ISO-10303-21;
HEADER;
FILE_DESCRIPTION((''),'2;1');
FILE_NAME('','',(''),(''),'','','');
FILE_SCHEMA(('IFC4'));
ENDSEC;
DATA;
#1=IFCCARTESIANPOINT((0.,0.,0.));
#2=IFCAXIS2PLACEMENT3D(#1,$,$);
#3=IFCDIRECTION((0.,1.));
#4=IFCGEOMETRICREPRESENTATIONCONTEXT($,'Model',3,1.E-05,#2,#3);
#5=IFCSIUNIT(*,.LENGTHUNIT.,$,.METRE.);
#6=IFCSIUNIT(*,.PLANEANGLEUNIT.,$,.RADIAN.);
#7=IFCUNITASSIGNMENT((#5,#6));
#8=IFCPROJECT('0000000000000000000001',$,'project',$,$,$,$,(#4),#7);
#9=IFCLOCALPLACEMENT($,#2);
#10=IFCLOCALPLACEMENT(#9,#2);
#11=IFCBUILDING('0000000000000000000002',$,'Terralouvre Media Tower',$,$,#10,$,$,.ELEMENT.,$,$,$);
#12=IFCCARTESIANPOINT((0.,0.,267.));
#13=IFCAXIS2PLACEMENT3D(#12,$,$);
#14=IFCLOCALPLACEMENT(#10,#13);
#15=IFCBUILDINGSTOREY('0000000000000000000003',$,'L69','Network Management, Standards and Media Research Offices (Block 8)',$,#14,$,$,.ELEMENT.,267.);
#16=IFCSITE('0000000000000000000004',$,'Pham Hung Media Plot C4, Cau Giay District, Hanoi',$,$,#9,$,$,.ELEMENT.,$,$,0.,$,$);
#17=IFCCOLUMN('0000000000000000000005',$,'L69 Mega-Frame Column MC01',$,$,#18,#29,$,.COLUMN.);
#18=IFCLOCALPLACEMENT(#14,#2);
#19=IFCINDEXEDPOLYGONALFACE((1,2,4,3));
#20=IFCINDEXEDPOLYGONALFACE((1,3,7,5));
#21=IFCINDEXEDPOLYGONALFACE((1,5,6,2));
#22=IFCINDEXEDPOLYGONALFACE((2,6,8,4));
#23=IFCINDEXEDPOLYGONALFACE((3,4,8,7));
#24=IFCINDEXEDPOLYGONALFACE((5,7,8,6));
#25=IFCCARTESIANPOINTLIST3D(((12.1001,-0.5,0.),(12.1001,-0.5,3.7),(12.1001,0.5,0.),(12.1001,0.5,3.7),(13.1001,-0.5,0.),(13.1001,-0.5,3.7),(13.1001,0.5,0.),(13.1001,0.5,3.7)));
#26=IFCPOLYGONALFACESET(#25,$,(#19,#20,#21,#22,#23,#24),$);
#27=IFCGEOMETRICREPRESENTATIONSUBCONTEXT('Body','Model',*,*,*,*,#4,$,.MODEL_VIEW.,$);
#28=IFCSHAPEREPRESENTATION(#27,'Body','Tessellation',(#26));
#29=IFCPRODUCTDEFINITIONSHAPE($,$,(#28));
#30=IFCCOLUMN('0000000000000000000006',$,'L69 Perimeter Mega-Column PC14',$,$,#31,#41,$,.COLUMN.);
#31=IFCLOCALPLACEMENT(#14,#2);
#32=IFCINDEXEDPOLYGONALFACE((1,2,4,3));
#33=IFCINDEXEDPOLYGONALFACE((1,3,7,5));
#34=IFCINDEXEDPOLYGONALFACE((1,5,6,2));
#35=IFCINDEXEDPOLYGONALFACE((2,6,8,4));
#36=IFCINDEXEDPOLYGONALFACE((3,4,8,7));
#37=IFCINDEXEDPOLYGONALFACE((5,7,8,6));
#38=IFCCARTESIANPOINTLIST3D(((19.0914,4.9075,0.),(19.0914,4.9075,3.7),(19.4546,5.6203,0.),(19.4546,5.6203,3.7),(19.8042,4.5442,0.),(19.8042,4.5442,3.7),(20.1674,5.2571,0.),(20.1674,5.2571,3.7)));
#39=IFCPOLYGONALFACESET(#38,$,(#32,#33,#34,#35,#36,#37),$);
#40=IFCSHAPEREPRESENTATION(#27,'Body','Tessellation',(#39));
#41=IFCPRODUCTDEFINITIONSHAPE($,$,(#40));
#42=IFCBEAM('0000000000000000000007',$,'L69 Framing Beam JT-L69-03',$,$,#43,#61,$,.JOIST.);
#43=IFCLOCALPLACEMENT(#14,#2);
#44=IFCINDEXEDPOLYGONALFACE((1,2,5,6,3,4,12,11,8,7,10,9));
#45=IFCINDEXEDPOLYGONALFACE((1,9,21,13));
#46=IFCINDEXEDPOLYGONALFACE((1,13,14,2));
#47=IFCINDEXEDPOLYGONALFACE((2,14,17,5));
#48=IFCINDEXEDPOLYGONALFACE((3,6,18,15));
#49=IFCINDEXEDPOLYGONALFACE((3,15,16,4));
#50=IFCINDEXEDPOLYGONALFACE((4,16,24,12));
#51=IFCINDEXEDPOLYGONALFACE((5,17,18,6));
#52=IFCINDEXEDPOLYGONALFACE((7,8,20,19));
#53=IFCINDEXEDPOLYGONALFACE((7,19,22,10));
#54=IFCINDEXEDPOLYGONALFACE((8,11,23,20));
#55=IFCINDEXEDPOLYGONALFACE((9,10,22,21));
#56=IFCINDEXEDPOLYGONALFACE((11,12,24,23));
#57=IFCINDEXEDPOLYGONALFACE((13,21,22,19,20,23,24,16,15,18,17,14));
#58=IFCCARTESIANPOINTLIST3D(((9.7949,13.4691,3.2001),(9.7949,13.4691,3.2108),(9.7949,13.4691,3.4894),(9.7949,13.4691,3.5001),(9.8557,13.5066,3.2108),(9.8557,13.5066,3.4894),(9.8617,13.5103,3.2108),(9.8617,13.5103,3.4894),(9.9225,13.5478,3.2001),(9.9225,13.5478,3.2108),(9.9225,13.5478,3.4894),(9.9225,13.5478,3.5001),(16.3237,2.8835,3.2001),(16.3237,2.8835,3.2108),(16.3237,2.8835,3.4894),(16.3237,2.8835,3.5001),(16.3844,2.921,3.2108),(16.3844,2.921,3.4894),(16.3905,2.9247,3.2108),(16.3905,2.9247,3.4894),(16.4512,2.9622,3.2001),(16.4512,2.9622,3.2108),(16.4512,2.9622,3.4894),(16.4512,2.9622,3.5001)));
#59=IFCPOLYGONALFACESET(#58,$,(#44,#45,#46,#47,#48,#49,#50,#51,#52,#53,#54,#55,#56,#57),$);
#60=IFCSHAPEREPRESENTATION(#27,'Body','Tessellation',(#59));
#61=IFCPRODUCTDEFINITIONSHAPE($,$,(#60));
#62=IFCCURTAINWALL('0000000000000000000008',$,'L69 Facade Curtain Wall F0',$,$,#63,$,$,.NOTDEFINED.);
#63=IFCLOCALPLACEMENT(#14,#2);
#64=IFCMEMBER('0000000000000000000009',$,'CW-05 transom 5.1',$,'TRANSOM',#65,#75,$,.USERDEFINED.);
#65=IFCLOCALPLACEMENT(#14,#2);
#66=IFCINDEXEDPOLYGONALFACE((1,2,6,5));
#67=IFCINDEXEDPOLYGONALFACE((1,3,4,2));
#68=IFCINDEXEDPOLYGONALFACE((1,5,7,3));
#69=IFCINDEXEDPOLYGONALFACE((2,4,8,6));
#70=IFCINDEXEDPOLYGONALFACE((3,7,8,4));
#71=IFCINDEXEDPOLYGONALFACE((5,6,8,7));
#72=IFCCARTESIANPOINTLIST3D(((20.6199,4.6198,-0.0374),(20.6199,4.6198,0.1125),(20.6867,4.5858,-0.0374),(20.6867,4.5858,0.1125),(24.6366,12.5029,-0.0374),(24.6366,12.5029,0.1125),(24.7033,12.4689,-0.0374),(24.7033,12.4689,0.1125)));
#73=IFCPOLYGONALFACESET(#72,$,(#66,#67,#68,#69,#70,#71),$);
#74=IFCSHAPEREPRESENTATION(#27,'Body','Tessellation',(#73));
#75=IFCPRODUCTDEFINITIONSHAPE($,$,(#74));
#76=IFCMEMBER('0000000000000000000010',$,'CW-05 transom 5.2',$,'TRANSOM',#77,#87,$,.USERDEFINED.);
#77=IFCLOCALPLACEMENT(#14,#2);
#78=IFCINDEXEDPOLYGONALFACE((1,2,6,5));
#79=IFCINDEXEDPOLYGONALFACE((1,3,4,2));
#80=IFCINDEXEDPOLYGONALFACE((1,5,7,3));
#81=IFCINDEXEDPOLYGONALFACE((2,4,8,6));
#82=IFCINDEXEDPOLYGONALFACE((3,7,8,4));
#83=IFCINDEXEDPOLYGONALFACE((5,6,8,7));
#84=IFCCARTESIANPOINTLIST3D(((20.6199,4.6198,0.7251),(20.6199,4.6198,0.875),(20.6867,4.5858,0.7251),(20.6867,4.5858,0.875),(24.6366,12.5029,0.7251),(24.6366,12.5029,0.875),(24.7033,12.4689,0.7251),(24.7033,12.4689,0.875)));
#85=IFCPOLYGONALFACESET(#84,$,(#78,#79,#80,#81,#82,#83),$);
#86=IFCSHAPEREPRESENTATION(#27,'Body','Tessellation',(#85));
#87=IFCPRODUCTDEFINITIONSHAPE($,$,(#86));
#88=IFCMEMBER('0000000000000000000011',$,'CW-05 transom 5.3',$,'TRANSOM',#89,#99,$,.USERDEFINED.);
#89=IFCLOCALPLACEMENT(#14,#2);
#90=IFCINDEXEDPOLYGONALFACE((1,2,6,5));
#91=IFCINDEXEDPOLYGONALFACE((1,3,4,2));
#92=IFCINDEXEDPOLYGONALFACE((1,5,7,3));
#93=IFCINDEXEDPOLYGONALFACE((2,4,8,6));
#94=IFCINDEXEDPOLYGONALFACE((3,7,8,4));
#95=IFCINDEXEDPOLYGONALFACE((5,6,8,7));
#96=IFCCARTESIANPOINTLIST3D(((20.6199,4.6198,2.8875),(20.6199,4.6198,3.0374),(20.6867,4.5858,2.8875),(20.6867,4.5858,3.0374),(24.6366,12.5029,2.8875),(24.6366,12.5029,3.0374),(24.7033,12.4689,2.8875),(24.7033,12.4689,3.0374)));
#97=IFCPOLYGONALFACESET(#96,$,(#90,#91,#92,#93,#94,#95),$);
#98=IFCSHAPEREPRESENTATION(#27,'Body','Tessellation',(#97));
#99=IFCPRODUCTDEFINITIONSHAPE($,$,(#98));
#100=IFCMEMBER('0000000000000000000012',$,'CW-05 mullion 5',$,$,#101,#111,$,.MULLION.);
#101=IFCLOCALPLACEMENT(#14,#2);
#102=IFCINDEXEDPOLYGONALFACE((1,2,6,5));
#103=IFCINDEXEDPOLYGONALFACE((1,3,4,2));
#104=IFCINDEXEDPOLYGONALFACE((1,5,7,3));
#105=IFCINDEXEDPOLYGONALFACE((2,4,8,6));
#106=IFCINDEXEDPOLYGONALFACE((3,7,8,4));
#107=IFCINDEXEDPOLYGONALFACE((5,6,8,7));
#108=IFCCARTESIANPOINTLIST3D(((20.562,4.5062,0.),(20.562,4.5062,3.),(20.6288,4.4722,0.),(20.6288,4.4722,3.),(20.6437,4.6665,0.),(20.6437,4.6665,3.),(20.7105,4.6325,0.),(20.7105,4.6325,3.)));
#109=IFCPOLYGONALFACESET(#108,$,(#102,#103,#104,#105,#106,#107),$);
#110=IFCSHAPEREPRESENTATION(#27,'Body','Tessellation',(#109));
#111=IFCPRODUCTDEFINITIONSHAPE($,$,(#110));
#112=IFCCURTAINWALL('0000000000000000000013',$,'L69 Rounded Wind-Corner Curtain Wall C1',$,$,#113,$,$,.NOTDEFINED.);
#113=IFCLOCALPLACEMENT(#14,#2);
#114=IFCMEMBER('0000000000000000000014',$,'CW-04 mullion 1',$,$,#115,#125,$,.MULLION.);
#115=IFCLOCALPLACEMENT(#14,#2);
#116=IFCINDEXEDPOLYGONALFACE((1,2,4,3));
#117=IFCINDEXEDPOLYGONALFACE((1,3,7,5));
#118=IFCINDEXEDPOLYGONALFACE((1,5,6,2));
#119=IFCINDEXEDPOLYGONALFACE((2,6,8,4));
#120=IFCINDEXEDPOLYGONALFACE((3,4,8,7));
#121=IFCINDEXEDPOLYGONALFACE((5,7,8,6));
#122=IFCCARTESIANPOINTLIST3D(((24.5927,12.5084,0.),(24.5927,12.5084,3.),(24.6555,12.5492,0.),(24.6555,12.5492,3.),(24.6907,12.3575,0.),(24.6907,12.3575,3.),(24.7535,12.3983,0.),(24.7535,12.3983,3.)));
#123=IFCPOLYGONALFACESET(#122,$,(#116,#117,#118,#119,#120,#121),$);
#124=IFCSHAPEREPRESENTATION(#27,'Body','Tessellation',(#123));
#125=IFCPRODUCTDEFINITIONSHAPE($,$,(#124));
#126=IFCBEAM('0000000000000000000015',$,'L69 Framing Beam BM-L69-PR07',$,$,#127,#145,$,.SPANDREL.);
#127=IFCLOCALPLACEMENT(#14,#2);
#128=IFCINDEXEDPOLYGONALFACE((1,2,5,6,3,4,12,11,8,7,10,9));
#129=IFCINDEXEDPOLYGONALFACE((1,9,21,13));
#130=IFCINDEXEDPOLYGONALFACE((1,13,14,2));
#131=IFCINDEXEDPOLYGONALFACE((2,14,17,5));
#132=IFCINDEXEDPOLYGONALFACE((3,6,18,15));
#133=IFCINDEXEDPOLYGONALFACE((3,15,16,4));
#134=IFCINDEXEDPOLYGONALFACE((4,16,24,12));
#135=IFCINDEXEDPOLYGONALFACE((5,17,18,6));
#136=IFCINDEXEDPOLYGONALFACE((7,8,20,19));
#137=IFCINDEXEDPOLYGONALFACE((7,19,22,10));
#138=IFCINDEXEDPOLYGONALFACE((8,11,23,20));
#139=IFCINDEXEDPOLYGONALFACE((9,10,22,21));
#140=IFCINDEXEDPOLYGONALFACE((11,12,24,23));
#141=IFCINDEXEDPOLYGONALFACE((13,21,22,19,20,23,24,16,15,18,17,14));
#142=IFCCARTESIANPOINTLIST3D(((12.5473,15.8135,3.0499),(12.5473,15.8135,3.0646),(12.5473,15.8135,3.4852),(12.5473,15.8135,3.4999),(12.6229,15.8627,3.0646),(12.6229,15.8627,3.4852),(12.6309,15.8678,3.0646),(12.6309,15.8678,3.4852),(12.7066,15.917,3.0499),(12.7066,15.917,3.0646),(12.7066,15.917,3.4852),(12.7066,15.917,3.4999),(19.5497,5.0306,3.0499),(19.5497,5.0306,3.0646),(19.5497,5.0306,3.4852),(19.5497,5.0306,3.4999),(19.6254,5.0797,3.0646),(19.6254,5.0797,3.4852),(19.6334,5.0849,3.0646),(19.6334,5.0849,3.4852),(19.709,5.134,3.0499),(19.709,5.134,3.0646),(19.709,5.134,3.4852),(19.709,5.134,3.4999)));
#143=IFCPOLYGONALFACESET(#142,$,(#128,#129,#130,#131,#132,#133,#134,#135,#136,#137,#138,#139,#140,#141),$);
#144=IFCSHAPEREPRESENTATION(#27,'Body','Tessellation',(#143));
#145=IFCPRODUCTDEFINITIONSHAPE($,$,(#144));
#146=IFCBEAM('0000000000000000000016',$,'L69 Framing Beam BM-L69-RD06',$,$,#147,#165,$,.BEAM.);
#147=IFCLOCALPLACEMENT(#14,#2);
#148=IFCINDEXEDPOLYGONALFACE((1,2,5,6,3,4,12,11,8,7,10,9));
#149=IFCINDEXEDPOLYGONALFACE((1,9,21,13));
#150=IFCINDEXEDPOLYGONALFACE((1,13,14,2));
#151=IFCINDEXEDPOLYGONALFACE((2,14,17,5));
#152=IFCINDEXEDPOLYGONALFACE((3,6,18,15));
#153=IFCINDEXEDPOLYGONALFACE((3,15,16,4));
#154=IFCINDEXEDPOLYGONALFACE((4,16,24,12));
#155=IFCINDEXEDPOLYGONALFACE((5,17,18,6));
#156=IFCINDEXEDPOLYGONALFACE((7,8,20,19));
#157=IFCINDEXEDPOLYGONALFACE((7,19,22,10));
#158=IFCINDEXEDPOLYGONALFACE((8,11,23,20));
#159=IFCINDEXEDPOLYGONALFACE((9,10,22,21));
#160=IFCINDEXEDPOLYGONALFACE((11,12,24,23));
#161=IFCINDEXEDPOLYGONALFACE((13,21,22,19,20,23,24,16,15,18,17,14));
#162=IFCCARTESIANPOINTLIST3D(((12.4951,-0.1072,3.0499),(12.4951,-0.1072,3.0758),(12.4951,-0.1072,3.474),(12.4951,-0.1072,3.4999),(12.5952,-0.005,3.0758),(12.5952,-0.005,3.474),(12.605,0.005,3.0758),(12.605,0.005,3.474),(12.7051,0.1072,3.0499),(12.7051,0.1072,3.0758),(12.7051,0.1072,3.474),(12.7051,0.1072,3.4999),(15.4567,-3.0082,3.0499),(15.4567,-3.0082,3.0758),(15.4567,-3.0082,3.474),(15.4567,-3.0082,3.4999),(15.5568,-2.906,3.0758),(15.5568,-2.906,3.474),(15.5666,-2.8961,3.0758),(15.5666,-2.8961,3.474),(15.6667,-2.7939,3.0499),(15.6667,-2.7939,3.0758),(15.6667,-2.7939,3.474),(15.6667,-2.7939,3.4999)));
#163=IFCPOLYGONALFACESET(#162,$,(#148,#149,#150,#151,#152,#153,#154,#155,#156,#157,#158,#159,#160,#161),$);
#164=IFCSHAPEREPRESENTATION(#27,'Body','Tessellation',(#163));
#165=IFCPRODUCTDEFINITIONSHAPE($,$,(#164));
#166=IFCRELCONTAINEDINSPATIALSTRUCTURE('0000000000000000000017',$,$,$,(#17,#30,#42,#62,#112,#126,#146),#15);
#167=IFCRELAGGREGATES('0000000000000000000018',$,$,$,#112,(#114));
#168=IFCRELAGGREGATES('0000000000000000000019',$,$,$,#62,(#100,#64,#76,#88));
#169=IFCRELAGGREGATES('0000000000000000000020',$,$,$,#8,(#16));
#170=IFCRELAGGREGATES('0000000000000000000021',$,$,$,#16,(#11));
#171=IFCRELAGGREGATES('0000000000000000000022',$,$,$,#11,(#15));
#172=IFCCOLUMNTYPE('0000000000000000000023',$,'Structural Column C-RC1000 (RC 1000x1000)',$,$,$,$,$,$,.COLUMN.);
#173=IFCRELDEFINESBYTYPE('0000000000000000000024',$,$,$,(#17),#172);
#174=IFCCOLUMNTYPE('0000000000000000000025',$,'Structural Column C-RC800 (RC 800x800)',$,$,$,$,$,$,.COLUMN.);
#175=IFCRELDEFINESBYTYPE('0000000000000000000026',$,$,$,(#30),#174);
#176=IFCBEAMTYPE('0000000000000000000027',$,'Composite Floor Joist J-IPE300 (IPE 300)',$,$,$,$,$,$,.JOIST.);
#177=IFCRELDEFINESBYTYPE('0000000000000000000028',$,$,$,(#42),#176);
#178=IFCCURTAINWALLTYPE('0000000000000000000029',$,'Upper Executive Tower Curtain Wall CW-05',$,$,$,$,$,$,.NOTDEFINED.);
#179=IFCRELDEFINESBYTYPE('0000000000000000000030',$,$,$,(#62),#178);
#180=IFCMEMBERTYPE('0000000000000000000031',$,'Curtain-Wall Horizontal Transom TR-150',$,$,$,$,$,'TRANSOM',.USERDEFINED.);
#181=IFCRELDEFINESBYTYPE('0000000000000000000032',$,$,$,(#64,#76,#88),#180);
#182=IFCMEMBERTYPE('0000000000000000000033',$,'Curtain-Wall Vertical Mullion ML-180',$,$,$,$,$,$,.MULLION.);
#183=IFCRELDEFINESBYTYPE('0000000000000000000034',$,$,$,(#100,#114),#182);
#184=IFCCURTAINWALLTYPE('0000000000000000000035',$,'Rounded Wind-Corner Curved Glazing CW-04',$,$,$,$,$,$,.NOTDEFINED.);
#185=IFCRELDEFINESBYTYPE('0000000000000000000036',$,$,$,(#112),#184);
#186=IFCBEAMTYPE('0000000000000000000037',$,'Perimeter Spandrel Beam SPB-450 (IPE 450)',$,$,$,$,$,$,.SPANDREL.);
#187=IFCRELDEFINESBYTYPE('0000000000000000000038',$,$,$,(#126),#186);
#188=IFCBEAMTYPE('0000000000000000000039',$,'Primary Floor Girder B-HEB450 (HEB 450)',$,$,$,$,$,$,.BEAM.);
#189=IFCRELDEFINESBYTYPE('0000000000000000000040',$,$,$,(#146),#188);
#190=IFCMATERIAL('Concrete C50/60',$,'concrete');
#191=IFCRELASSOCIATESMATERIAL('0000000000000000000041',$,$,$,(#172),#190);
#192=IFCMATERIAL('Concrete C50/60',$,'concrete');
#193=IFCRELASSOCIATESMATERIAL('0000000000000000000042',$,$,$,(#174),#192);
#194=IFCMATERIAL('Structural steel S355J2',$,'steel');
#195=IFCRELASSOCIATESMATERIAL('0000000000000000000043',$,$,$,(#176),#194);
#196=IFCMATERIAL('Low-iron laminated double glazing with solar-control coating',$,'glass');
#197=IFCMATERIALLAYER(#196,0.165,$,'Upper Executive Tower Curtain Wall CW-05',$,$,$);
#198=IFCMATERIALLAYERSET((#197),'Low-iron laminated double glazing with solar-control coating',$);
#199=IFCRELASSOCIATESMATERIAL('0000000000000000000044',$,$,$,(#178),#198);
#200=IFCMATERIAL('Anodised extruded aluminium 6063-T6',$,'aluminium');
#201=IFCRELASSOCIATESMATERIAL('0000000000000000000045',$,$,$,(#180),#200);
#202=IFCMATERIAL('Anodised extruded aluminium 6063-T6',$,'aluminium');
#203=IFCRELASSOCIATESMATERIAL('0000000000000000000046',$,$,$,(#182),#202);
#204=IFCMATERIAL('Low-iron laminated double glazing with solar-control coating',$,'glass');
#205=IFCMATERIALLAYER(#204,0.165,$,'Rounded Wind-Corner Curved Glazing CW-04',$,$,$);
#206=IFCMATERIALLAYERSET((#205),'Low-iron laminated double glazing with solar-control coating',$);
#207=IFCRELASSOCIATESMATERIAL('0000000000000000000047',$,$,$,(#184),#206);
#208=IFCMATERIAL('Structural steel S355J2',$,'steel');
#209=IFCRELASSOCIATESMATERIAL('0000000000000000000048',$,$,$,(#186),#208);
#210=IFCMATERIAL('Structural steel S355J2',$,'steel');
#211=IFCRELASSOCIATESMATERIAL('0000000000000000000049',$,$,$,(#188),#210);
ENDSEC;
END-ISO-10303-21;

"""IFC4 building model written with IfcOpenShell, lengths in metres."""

from ifc_helpers import new_model, si_unit, direction, frame, origin, origin_2d, place, context, subcontext, project, spatial, rectangle, i_section, extrude, material, layer, layer_set, material_profile, profile_set, type_object, element, aggregate, save


model = new_model("IFC4")

# Units and contexts
model_context = context("Model", 3, precision=1e-05, world=origin(), true_north=direction((0.0, 1.0)))
body_context = subcontext(model_context, "Body", "Model", "MODEL_VIEW")
ifc_project = project(units=[si_unit("LENGTHUNIT", "METRE"), si_unit("PLANEANGLEUNIT", "RADIAN")], contexts=[model_context])

# Site, building, storey
site_placement = place(None, origin())
site = spatial("IfcSite", under=ifc_project, at=site_placement, Name="Pham Hung Media Plot C4, Cau Giay District, Hanoi", CompositionType="ELEMENT", RefElevation=0.0)
building_placement = place(site_placement, origin())
building = spatial("IfcBuilding", under=site, at=building_placement, Name="Terralouvre Media Tower", CompositionType="ELEMENT")
storey_placement = place(building_placement, frame((0.0, 0.0, 267.0)))
storey = spatial("IfcBuildingStorey", under=building, at=storey_placement, Name="L69", Description="Network Management, Standards and Media Research Offices (Block 8)", CompositionType="ELEMENT", Elevation=267.0)

# Columns
ifc_material_1 = material(Name="Concrete C50/60", Category="concrete")
ifc_material_profile_1 = material_profile(ifc_material_1, rectangle(XDim=1.0, YDim=1.0, at=origin_2d()), Name="RC 1000x1000")
ifc_profile_set_1 = profile_set([ifc_material_profile_1], Name="Concrete C50/60")
column_type_1 = type_object("IfcColumnType", Name="Structural Column C-RC1000 (RC 1000x1000)", PredefinedType="COLUMN", material=ifc_profile_set_1)
column_1_placement = place(storey_placement, frame((12.6001, 0.0, 0.0), z_axis=(0.0, 0.0, 1.0), x_axis=(1.0, 0.0, 0.0)))
element("IfcColumn", 1, at=column_1_placement, inside=storey, type_object=column_type_1, Name="L69 Mega-Frame Column MC01", PredefinedType="COLUMN", context=body_context, shape_type="SweptSolid", body=[
    extrude(rectangle(XDim=1.0, YDim=1.0, at=origin_2d()), origin(), (0.0, 0.0, 1.0), 3.7),
])
ifc_material_2 = material(Name="Concrete C50/60", Category="concrete")
ifc_material_profile_2 = material_profile(ifc_material_2, rectangle(XDim=0.8, YDim=0.8, at=origin_2d()), Name="RC 800x800")
ifc_profile_set_2 = profile_set([ifc_material_profile_2], Name="Concrete C50/60")
column_type_2 = type_object("IfcColumnType", Name="Structural Column C-RC800 (RC 800x800)", PredefinedType="COLUMN", material=ifc_profile_set_2)
column_2_placement = place(storey_placement, frame((19.6294, 5.0823, 0.0), z_axis=(0.0, 0.0, 1.0), x_axis=(0.45399, 0.891007, 0.0)))
element("IfcColumn", 2, at=column_2_placement, inside=storey, type_object=column_type_2, Name="L69 Perimeter Mega-Column PC14", PredefinedType="COLUMN", context=body_context, shape_type="SweptSolid", body=[
    extrude(rectangle(XDim=0.8, YDim=0.8, at=origin_2d()), origin(), (0.0, 0.0, 1.0), 3.7),
])

# Beam
ifc_material_3 = material(Name="Structural steel S355J2", Category="steel")
ifc_material_profile_3 = material_profile(ifc_material_3, i_section(OverallWidth=0.1499, OverallDepth=0.3, WebThickness=0.0071, FlangeThickness=0.0107, at=origin_2d()), Name="IPE 300")
ifc_profile_set_3 = profile_set([ifc_material_profile_3], Name="Structural steel S355J2")
beam_type_1 = type_object("IfcBeamType", Name="Composite Floor Joist J-IPE300 (IPE 300)", PredefinedType="JOIST", material=ifc_profile_set_3)
beam_1_placement = place(storey_placement, frame((16.3875, 2.9229, 3.3501), z_axis=(-0.524945, 0.851136, 0.0), x_axis=(-0.851136, -0.524945, 0.0)))
element("IfcBeam", 3, at=beam_1_placement, inside=storey, type_object=beam_type_1, Name="L69 Framing Beam JT-L69-03", PredefinedType="JOIST", context=body_context, shape_type="SweptSolid", body=[
    extrude(i_section(OverallWidth=0.1499, OverallDepth=0.3, WebThickness=0.0071, FlangeThickness=0.0107, at=origin_2d()), origin(), (0.0, 0.0, 1.0), 12.437),
])

# Curtain wall, members
ifc_material_4 = material(Name="Low-iron laminated double glazing with solar-control coating", Category="glass")
ifc_layer_1 = layer(ifc_material_4, 0.165, Name="Upper Executive Tower Curtain Wall CW-05")
ifc_layer_set_1 = layer_set([ifc_layer_1], Name="Low-iron laminated double glazing with solar-control coating")
curtain_wall_type_1 = type_object("IfcCurtainWallType", Name="Upper Executive Tower Curtain Wall CW-05", PredefinedType="NOTDEFINED", material=ifc_layer_set_1)
curtain_wall_1_placement = place(storey_placement, origin())
curtain_wall_1 = element("IfcCurtainWall", 4, at=curtain_wall_1_placement, inside=storey, type_object=curtain_wall_type_1, Name="L69 Facade Curtain Wall F0", PredefinedType="NOTDEFINED")
ifc_material_5 = material(Name="Anodised extruded aluminium 6063-T6", Category="aluminium")
ifc_material_profile_4 = material_profile(ifc_material_5, rectangle(XDim=0.075, YDim=0.1499, at=origin_2d()), Name="ALU 75x150")
ifc_profile_set_4 = profile_set([ifc_material_profile_4], Name="Anodised extruded aluminium 6063-T6")
member_type_1 = type_object("IfcMemberType", Name="Curtain-Wall Horizontal Transom TR-150", ElementType="TRANSOM", PredefinedType="USERDEFINED", material=ifc_profile_set_4)
member_1_placement = place(storey_placement, frame((20.6533, 4.6028, 0.0376), z_axis=(0.453989, 0.891007, 0.0), x_axis=(-0.891007, 0.453989, 0.0)))
member_1 = element("IfcMember", 5, at=member_1_placement, type_object=member_type_1, Name="CW-05 transom 5.1", ObjectType="TRANSOM", PredefinedType="USERDEFINED", context=body_context, shape_type="SweptSolid", body=[
    extrude(rectangle(XDim=0.075, YDim=0.1499, at=origin_2d()), origin(), (0.0, 0.0, 1.0), 8.8474),
])
member_2_placement = place(storey_placement, frame((20.6533, 4.6028, 0.8), z_axis=(0.453989, 0.891007, 0.0), x_axis=(-0.891007, 0.453989, 0.0)))
member_2 = element("IfcMember", 6, at=member_2_placement, type_object=member_type_1, Name="CW-05 transom 5.2", ObjectType="TRANSOM", PredefinedType="USERDEFINED", context=body_context, shape_type="SweptSolid", body=[
    extrude(rectangle(XDim=0.075, YDim=0.1499, at=origin_2d()), origin(), (0.0, 0.0, 1.0), 8.8474),
])
member_3_placement = place(storey_placement, frame((20.6533, 4.6028, 2.9624), z_axis=(0.453989, 0.891007, 0.0), x_axis=(-0.891007, 0.453989, 0.0)))
member_3 = element("IfcMember", 7, at=member_3_placement, type_object=member_type_1, Name="CW-05 transom 5.3", ObjectType="TRANSOM", PredefinedType="USERDEFINED", context=body_context, shape_type="SweptSolid", body=[
    extrude(rectangle(XDim=0.075, YDim=0.1499, at=origin_2d()), origin(), (0.0, 0.0, 1.0), 8.8474),
])
ifc_material_6 = material(Name="Anodised extruded aluminium 6063-T6", Category="aluminium")
ifc_material_profile_5 = material_profile(ifc_material_6, rectangle(XDim=0.075, YDim=0.1799, at=origin_2d()), Name="ALU 75x180")
ifc_profile_set_5 = profile_set([ifc_material_profile_5], Name="Anodised extruded aluminium 6063-T6")
member_type_2 = type_object("IfcMemberType", Name="Curtain-Wall Vertical Mullion ML-180", PredefinedType="MULLION", material=ifc_profile_set_5)
member_4_placement = place(storey_placement, frame((20.6362, 4.5693, 0.0), z_axis=(0.0, 0.0, 1.0), x_axis=(-0.891007, 0.45399, 0.0)))
member_4 = element("IfcMember", 8, at=member_4_placement, type_object=member_type_2, Name="CW-05 mullion 5", PredefinedType="MULLION", context=body_context, shape_type="SweptSolid", body=[
    extrude(rectangle(XDim=0.075, YDim=0.1799, at=origin_2d()), origin(), (0.0, 0.0, 1.0), 3.0),
])

# Curtain wall, member
ifc_material_7 = material(Name="Low-iron laminated double glazing with solar-control coating", Category="glass")
ifc_layer_2 = layer(ifc_material_7, 0.165, Name="Rounded Wind-Corner Curved Glazing CW-04")
ifc_layer_set_2 = layer_set([ifc_layer_2], Name="Low-iron laminated double glazing with solar-control coating")
curtain_wall_type_2 = type_object("IfcCurtainWallType", Name="Rounded Wind-Corner Curved Glazing CW-04", PredefinedType="NOTDEFINED", material=ifc_layer_set_2)
curtain_wall_2_placement = place(storey_placement, origin())
curtain_wall_2 = element("IfcCurtainWall", 9, at=curtain_wall_2_placement, inside=storey, type_object=curtain_wall_type_2, Name="L69 Rounded Wind-Corner Curtain Wall C1", PredefinedType="NOTDEFINED")
member_5_placement = place(storey_placement, frame((24.6731, 12.4534, 0.0), z_axis=(0.0, 0.0, 1.0), x_axis=(-0.83867, -0.544639, 0.0)))
member_5 = element("IfcMember", 10, at=member_5_placement, type_object=member_type_2, Name="CW-04 mullion 1", PredefinedType="MULLION", context=body_context, shape_type="SweptSolid", body=[
    extrude(rectangle(XDim=0.075, YDim=0.1799, at=origin_2d()), origin(), (0.0, 0.0, 1.0), 3.0),
])
aggregate(curtain_wall_2, [member_5])

# Beams
ifc_material_8 = material(Name="Structural steel S355J2", Category="steel")
ifc_material_profile_6 = material_profile(ifc_material_8, i_section(OverallWidth=0.1899, OverallDepth=0.45, WebThickness=0.0095, FlangeThickness=0.0146, at=origin_2d()), Name="IPE 450")
ifc_profile_set_6 = profile_set([ifc_material_profile_6], Name="Structural steel S355J2")
beam_type_2 = type_object("IfcBeamType", Name="Perimeter Spandrel Beam SPB-450 (IPE 450)", PredefinedType="SPANDREL", material=ifc_profile_set_6)
beam_2_placement = place(storey_placement, frame((19.6294, 5.0823, 3.2749), z_axis=(-0.544634, 0.838674, 0.0), x_axis=(-0.838674, -0.544634, 0.0)))
element("IfcBeam", 11, at=beam_2_placement, inside=storey, type_object=beam_type_2, Name="L69 Framing Beam BM-L69-PR07", PredefinedType="SPANDREL", context=body_context, shape_type="SweptSolid", body=[
    extrude(i_section(OverallWidth=0.1899, OverallDepth=0.45, WebThickness=0.0095, FlangeThickness=0.0146, at=origin_2d()), origin(), (0.0, 0.0, 1.0), 12.8572),
])
ifc_material_9 = material(Name="Structural steel S355J2", Category="steel")
ifc_material_profile_7 = material_profile(ifc_material_9, i_section(OverallWidth=0.3, OverallDepth=0.45, WebThickness=0.0139, FlangeThickness=0.0259, at=origin_2d()), Name="HEB 450")
ifc_profile_set_7 = profile_set([ifc_material_profile_7], Name="Structural steel S355J2")
beam_type_3 = type_object("IfcBeamType", Name="Primary Floor Girder B-HEB450 (HEB 450)", PredefinedType="BEAM", material=ifc_profile_set_7)
beam_3_placement = place(storey_placement, frame((12.6001, 0.0, 3.2749), z_axis=(0.714371, -0.699767, 0.0), x_axis=(0.699767, 0.714371, 0.0)))
element("IfcBeam", 12, at=beam_3_placement, inside=storey, type_object=beam_type_3, Name="L69 Framing Beam BM-L69-RD06", PredefinedType="BEAM", context=body_context, shape_type="SweptSolid", body=[
    extrude(i_section(OverallWidth=0.3, OverallDepth=0.45, WebThickness=0.0139, FlangeThickness=0.0259, at=origin_2d()), origin(), (0.0, 0.0, 1.0), 4.1458),
])

aggregate(curtain_wall_1, [member_4, member_1, member_2, member_3])

save(model, "model.ifc")
